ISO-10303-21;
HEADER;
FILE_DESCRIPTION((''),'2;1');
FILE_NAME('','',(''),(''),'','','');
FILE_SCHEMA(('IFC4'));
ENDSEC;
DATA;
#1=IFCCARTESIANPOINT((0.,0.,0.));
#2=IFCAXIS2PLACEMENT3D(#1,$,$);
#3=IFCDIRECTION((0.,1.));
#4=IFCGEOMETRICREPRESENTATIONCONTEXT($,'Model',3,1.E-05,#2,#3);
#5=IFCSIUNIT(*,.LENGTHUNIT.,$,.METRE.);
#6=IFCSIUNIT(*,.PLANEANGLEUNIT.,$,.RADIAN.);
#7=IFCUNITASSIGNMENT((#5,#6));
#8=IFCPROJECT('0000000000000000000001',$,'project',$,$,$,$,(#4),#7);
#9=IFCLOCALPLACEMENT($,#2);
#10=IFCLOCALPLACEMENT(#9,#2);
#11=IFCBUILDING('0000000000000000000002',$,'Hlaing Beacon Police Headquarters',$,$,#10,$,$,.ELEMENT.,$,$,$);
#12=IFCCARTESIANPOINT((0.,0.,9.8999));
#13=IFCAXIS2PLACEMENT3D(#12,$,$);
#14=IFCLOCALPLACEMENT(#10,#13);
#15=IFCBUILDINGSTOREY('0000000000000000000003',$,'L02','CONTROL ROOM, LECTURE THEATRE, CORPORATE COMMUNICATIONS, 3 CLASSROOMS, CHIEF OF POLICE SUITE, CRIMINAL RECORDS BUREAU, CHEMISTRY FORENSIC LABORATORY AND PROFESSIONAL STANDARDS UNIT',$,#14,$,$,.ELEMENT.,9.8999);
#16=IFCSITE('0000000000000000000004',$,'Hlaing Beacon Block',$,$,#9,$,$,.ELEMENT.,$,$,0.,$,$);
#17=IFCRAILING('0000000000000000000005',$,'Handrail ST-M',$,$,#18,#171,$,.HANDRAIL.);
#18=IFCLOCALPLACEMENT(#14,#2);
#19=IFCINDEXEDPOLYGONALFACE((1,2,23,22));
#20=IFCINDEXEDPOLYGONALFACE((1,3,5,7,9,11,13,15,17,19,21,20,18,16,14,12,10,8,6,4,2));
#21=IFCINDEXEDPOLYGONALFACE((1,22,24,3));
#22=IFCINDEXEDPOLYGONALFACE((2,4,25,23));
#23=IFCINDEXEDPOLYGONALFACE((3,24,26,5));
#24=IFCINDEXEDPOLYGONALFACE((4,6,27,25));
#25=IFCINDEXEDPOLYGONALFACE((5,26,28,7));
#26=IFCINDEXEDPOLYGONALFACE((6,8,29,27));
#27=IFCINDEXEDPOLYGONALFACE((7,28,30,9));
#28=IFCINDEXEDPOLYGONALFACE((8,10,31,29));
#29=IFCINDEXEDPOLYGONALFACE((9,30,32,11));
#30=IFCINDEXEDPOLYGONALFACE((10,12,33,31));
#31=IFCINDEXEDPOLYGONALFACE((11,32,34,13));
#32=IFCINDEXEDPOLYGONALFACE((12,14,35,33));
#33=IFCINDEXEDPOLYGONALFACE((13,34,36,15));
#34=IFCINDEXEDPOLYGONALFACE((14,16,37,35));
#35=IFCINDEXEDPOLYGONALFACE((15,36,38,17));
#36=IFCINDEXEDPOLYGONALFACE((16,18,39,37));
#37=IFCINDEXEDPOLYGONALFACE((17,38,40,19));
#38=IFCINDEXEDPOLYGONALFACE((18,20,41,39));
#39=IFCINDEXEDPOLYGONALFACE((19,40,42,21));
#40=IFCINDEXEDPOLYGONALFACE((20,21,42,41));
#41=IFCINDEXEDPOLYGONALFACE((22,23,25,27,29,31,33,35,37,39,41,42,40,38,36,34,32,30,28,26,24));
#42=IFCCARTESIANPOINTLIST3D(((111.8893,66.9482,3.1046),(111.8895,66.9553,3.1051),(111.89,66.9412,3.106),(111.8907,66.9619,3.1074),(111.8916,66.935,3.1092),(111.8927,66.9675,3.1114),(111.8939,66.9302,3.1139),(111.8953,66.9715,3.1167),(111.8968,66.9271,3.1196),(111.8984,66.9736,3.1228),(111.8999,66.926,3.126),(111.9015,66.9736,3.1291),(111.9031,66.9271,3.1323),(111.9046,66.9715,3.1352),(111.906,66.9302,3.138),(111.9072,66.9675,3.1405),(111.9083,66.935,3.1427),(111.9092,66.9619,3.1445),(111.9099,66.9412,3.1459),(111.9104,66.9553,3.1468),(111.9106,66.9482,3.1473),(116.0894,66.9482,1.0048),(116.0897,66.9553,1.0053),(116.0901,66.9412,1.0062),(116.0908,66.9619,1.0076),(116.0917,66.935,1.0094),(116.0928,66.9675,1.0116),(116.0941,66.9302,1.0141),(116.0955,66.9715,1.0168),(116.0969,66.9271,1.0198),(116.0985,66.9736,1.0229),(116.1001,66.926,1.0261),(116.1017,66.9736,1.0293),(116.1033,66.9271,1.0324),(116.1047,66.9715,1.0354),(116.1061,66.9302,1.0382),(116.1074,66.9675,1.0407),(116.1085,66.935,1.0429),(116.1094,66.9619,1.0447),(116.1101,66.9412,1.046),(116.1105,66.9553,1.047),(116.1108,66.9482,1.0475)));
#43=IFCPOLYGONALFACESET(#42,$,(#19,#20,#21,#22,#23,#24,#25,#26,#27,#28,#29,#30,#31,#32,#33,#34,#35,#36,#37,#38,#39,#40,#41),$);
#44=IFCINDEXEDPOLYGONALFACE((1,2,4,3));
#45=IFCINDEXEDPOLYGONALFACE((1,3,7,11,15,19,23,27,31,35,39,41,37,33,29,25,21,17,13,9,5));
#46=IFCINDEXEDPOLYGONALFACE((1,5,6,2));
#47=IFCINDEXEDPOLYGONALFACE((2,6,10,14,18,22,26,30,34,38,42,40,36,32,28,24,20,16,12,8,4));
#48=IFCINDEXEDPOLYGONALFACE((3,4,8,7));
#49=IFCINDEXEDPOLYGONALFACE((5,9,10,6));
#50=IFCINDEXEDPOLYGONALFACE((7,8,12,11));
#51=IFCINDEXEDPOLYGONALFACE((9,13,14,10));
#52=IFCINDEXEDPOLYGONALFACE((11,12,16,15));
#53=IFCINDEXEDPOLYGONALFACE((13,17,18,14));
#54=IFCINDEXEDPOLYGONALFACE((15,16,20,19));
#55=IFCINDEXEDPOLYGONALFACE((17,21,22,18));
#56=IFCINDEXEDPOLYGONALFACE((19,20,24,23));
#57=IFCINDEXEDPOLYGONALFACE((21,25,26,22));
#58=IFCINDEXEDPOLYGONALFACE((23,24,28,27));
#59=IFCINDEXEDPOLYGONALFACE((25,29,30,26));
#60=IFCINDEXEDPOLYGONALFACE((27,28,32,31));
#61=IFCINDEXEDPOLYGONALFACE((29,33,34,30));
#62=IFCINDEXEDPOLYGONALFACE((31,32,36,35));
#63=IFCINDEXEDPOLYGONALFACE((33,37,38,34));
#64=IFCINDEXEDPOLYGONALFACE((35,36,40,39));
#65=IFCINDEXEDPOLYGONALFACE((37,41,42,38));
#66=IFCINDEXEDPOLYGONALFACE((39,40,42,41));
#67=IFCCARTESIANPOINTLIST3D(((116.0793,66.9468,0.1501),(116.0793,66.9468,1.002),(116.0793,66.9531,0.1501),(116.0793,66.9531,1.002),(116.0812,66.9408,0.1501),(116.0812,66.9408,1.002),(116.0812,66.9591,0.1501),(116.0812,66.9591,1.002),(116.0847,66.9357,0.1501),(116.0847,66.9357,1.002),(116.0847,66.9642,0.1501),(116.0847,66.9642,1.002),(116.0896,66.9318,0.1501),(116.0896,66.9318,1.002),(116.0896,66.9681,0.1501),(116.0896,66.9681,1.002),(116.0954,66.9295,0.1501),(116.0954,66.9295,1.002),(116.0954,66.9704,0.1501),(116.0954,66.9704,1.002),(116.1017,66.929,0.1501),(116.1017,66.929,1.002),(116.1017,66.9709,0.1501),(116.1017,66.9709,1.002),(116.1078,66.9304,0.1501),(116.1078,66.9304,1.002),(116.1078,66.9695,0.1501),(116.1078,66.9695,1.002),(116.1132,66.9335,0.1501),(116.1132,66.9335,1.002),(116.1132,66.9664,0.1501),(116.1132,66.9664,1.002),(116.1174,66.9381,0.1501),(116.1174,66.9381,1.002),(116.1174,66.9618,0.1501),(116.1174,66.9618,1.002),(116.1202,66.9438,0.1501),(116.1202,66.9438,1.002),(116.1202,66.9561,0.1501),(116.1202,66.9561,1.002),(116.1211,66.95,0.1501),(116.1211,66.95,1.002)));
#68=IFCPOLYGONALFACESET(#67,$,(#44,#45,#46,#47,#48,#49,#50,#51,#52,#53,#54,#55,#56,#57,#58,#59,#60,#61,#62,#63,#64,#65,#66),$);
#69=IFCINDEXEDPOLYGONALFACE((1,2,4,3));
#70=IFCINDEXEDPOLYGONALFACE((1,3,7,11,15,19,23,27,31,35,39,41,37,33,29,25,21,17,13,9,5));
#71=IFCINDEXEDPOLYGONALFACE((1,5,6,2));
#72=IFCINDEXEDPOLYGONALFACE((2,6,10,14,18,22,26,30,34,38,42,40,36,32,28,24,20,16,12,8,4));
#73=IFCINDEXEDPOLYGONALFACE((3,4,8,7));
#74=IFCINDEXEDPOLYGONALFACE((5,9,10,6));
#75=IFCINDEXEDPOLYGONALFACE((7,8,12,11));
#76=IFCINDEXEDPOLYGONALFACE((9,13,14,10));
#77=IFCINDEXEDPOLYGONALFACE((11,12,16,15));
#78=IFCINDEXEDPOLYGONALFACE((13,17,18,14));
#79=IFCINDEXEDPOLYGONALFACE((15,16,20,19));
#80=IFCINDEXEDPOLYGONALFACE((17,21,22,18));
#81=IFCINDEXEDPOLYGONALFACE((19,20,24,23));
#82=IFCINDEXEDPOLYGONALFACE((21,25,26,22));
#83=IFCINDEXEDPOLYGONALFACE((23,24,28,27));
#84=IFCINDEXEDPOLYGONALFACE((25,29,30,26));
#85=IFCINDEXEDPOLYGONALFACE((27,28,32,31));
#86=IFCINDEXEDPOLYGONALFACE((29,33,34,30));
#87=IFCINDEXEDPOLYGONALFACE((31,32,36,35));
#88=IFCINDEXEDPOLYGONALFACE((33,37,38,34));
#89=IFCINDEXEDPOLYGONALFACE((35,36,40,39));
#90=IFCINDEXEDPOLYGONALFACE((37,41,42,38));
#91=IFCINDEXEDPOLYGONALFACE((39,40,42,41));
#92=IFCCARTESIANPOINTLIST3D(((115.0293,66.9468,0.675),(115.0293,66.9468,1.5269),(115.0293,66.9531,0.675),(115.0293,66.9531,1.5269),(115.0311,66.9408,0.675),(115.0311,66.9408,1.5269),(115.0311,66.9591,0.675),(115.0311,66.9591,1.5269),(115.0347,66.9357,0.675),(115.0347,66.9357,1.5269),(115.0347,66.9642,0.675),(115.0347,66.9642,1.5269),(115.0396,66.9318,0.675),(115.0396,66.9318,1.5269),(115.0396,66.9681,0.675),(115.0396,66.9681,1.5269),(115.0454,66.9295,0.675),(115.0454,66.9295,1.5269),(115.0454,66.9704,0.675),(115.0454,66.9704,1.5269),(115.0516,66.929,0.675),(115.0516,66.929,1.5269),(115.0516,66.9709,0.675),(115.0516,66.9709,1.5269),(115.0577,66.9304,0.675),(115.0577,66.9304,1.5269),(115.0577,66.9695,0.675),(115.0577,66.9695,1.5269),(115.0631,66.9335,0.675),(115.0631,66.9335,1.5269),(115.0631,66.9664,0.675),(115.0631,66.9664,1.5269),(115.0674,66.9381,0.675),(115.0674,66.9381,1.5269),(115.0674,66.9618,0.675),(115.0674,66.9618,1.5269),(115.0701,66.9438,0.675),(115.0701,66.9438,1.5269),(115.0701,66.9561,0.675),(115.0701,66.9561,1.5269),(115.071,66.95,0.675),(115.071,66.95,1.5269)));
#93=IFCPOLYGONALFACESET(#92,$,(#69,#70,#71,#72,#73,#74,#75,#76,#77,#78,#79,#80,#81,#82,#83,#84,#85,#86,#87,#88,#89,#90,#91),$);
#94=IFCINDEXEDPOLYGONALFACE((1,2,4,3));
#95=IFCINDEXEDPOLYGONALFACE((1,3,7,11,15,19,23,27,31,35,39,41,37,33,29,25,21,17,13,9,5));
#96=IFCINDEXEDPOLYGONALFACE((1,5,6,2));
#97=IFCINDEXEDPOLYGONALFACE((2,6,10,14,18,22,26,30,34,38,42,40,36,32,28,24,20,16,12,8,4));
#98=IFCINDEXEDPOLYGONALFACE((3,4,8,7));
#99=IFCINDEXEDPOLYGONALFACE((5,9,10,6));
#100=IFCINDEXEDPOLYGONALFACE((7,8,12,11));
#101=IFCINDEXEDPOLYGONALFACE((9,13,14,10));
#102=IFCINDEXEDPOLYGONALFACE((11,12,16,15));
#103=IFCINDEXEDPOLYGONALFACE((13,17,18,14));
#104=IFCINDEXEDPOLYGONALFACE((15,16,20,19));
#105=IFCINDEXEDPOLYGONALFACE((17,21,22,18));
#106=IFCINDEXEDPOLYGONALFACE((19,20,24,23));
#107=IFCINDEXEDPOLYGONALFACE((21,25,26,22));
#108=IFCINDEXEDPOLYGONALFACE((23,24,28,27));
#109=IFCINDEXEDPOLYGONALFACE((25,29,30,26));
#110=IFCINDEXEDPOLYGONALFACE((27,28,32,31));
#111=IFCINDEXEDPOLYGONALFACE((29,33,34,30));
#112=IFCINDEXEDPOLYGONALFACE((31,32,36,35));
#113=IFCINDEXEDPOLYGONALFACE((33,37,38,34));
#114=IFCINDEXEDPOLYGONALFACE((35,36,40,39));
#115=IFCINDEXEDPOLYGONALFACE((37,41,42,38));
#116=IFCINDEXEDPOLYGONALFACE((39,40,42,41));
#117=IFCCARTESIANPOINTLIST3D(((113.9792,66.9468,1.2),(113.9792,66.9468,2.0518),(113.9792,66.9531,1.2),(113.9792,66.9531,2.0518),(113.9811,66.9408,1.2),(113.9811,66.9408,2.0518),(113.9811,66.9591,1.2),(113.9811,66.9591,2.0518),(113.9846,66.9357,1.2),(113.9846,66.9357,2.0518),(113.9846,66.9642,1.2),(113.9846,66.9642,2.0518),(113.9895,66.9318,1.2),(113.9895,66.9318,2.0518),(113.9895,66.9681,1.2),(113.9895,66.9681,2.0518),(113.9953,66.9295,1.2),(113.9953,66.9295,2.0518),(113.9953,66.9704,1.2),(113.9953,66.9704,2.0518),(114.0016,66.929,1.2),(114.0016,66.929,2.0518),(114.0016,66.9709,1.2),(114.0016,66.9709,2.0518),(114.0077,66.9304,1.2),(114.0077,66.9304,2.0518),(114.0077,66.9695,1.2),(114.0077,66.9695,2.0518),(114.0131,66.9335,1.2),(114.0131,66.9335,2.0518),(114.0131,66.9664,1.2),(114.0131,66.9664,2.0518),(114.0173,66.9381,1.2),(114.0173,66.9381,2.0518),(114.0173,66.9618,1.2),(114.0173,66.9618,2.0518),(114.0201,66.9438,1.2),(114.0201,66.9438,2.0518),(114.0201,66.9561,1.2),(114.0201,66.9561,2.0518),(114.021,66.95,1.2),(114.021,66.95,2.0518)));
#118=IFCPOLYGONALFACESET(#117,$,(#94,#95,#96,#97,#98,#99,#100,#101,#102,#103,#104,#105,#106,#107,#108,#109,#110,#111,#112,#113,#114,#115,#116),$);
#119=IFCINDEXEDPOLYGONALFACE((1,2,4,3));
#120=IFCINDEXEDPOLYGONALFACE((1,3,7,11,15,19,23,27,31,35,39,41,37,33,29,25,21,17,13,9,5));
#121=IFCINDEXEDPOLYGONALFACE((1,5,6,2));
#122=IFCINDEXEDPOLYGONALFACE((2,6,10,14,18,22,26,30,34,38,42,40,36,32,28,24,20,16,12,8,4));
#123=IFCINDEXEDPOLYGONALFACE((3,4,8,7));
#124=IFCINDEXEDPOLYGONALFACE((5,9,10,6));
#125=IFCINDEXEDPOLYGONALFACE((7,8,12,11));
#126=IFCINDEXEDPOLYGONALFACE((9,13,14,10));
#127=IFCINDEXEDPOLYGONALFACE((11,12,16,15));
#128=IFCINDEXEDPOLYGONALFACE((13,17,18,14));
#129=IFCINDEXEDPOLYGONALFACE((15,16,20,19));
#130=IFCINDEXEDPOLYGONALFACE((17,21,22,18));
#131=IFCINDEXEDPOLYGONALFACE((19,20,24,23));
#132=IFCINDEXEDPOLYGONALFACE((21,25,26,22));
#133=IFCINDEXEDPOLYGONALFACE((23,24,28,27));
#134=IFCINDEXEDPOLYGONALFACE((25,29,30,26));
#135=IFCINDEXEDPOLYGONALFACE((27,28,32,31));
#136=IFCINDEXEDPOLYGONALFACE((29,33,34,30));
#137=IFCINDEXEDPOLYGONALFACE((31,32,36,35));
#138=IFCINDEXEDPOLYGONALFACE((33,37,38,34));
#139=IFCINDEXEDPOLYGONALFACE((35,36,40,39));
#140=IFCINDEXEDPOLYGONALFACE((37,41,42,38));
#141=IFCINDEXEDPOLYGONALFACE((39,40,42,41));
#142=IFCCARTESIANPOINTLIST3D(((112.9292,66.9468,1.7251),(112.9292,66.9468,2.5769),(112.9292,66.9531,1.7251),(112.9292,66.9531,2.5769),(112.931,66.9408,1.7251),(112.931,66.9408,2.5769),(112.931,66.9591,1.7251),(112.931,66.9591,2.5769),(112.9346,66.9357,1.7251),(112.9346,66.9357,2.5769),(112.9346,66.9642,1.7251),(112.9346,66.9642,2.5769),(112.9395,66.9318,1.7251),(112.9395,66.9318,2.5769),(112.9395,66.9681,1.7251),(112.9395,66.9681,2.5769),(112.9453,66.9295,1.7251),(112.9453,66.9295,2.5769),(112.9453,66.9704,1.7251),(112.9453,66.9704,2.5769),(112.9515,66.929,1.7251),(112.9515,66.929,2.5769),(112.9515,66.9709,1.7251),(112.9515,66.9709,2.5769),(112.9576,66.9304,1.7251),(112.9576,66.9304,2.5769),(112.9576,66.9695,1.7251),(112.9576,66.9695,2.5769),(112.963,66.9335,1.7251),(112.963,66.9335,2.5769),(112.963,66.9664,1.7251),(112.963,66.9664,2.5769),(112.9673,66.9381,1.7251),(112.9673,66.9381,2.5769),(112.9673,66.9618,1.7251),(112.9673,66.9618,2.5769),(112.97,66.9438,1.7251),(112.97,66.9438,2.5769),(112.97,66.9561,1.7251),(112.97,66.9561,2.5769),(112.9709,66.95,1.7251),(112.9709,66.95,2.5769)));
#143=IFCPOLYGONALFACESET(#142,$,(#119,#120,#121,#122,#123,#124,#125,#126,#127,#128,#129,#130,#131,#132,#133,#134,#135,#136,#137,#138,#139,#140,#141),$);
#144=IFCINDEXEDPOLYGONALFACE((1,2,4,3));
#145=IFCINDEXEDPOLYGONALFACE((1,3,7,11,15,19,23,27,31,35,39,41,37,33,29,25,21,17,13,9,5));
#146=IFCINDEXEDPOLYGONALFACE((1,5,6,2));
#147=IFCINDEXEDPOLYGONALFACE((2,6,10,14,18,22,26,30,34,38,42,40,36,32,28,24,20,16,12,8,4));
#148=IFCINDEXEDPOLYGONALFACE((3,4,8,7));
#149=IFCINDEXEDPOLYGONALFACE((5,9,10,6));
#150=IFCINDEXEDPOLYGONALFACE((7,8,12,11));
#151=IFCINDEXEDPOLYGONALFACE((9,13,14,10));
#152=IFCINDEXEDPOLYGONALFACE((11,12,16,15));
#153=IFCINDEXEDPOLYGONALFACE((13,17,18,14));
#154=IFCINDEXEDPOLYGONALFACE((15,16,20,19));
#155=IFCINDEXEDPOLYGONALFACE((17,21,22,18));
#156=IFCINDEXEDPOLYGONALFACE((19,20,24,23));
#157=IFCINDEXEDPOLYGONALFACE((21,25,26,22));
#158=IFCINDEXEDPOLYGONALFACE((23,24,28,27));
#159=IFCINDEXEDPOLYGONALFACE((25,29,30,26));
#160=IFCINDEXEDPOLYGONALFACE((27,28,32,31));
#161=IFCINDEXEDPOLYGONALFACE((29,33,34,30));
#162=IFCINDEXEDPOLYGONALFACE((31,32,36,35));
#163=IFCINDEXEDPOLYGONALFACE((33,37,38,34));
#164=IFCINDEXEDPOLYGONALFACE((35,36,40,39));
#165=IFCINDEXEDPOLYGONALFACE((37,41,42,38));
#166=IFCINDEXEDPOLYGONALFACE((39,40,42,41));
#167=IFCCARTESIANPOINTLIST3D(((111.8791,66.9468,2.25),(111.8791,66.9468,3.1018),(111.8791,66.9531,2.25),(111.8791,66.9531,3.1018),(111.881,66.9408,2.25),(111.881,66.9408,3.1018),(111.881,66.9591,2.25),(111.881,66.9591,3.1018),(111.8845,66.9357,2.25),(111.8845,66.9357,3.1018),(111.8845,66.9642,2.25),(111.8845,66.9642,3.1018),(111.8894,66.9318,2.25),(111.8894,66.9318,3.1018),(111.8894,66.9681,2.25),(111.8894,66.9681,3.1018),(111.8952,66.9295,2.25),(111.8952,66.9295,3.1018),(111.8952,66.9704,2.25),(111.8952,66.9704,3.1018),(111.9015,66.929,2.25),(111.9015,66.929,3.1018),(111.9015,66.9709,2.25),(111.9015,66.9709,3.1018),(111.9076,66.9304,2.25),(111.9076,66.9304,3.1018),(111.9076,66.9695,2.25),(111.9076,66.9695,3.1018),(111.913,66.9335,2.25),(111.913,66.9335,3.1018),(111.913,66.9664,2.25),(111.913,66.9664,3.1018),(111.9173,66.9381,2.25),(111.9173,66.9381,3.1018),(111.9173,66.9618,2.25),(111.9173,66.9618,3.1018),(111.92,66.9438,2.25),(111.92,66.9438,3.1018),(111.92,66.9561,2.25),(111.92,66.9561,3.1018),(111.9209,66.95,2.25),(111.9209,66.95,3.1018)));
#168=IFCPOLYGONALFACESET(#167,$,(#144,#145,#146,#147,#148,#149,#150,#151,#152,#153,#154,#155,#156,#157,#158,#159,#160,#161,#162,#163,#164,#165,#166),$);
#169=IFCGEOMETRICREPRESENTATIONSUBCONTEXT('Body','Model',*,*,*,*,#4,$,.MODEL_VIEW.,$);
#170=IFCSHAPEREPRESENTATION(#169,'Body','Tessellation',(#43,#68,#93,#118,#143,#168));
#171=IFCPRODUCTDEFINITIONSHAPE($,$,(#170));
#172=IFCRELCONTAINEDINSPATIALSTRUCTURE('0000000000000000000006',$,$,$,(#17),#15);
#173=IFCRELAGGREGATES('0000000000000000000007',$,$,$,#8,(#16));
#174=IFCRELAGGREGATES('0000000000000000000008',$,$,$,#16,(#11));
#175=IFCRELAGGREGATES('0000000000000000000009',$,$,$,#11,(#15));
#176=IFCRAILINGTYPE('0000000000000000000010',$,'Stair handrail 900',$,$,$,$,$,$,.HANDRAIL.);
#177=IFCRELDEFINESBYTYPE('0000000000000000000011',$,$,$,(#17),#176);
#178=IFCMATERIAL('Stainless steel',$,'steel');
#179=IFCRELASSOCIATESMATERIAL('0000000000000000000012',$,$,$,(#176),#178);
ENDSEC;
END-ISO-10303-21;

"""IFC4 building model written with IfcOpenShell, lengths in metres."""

from ifc_helpers import new_model, si_unit, direction, frame, origin, origin_2d, place, context, subcontext, project, spatial, circle, extrude, material, type_object, element, save


model = new_model("IFC4")

# Units and contexts
model_context = context("Model", 3, precision=1e-05, world=origin(), true_north=direction((0.0, 1.0)))
body_context = subcontext(model_context, "Body", "Model", "MODEL_VIEW")
ifc_project = project(units=[si_unit("LENGTHUNIT", "METRE"), si_unit("PLANEANGLEUNIT", "RADIAN")], contexts=[model_context])

# Site, building, storey
site_placement = place(None, origin())
site = spatial("IfcSite", under=ifc_project, at=site_placement, Name="Hlaing Beacon Block", CompositionType="ELEMENT", RefElevation=0.0)
building_placement = place(site_placement, origin())
building = spatial("IfcBuilding", under=site, at=building_placement, Name="Hlaing Beacon Police Headquarters", CompositionType="ELEMENT")
storey_placement = place(building_placement, frame((0.0, 0.0, 9.8999)))
storey = spatial("IfcBuildingStorey", under=building, at=storey_placement, Name="L02", Description="CONTROL ROOM, LECTURE THEATRE, CORPORATE COMMUNICATIONS, 3 CLASSROOMS, CHIEF OF POLICE SUITE, CRIMINAL RECORDS BUREAU, CHEMISTRY FORENSIC LABORATORY AND PROFESSIONAL STANDARDS UNIT", CompositionType="ELEMENT", Elevation=9.8999)

# Railing
ifc_material_1 = material(Name="Stainless steel", Category="steel")
railing_type_1 = type_object("IfcRailingType", Name="Stair handrail 900", PredefinedType="HANDRAIL", material=ifc_material_1)
for number, where, name in (
    (1, (116.1001, 66.95, 0.1501), "Handrail ST-M"),
):
    element("IfcRailing", number, at=place(storey_placement, frame(where)), inside=storey, type_object=railing_type_1, Name=name, PredefinedType="HANDRAIL", context=body_context, shape_type="SweptSolid", body=[
        extrude(circle(Radius=0.0239, at=origin_2d()), frame((0.0, 0.0, 0.876), z_axis=(-0.894448, 0.0, 0.447172), x_axis=(0.0, -1.0, 0.0)), (0.0, 0.0, 1.0), 4.6958),
        extrude(circle(Radius=0.021, at=origin_2d()), origin(), (0.0, 0.0, 1.0), 0.8518),
        extrude(circle(Radius=0.021, at=origin_2d()), frame((-1.05, 0.0, 0.5249)), (0.0, 0.0, 1.0), 0.8518),
        extrude(circle(Radius=0.021, at=origin_2d()), frame((-2.1001, 0.0, 1.0498)), (0.0, 0.0, 1.0), 0.8518),
        extrude(circle(Radius=0.021, at=origin_2d()), frame((-3.1501, 0.0, 1.575)), (0.0, 0.0, 1.0), 0.8518),
        extrude(circle(Radius=0.021, at=origin_2d()), frame((-4.2002, 0.0, 2.0999)), (0.0, 0.0, 1.0), 0.8518),
    ])

save(model, "model.ifc")
